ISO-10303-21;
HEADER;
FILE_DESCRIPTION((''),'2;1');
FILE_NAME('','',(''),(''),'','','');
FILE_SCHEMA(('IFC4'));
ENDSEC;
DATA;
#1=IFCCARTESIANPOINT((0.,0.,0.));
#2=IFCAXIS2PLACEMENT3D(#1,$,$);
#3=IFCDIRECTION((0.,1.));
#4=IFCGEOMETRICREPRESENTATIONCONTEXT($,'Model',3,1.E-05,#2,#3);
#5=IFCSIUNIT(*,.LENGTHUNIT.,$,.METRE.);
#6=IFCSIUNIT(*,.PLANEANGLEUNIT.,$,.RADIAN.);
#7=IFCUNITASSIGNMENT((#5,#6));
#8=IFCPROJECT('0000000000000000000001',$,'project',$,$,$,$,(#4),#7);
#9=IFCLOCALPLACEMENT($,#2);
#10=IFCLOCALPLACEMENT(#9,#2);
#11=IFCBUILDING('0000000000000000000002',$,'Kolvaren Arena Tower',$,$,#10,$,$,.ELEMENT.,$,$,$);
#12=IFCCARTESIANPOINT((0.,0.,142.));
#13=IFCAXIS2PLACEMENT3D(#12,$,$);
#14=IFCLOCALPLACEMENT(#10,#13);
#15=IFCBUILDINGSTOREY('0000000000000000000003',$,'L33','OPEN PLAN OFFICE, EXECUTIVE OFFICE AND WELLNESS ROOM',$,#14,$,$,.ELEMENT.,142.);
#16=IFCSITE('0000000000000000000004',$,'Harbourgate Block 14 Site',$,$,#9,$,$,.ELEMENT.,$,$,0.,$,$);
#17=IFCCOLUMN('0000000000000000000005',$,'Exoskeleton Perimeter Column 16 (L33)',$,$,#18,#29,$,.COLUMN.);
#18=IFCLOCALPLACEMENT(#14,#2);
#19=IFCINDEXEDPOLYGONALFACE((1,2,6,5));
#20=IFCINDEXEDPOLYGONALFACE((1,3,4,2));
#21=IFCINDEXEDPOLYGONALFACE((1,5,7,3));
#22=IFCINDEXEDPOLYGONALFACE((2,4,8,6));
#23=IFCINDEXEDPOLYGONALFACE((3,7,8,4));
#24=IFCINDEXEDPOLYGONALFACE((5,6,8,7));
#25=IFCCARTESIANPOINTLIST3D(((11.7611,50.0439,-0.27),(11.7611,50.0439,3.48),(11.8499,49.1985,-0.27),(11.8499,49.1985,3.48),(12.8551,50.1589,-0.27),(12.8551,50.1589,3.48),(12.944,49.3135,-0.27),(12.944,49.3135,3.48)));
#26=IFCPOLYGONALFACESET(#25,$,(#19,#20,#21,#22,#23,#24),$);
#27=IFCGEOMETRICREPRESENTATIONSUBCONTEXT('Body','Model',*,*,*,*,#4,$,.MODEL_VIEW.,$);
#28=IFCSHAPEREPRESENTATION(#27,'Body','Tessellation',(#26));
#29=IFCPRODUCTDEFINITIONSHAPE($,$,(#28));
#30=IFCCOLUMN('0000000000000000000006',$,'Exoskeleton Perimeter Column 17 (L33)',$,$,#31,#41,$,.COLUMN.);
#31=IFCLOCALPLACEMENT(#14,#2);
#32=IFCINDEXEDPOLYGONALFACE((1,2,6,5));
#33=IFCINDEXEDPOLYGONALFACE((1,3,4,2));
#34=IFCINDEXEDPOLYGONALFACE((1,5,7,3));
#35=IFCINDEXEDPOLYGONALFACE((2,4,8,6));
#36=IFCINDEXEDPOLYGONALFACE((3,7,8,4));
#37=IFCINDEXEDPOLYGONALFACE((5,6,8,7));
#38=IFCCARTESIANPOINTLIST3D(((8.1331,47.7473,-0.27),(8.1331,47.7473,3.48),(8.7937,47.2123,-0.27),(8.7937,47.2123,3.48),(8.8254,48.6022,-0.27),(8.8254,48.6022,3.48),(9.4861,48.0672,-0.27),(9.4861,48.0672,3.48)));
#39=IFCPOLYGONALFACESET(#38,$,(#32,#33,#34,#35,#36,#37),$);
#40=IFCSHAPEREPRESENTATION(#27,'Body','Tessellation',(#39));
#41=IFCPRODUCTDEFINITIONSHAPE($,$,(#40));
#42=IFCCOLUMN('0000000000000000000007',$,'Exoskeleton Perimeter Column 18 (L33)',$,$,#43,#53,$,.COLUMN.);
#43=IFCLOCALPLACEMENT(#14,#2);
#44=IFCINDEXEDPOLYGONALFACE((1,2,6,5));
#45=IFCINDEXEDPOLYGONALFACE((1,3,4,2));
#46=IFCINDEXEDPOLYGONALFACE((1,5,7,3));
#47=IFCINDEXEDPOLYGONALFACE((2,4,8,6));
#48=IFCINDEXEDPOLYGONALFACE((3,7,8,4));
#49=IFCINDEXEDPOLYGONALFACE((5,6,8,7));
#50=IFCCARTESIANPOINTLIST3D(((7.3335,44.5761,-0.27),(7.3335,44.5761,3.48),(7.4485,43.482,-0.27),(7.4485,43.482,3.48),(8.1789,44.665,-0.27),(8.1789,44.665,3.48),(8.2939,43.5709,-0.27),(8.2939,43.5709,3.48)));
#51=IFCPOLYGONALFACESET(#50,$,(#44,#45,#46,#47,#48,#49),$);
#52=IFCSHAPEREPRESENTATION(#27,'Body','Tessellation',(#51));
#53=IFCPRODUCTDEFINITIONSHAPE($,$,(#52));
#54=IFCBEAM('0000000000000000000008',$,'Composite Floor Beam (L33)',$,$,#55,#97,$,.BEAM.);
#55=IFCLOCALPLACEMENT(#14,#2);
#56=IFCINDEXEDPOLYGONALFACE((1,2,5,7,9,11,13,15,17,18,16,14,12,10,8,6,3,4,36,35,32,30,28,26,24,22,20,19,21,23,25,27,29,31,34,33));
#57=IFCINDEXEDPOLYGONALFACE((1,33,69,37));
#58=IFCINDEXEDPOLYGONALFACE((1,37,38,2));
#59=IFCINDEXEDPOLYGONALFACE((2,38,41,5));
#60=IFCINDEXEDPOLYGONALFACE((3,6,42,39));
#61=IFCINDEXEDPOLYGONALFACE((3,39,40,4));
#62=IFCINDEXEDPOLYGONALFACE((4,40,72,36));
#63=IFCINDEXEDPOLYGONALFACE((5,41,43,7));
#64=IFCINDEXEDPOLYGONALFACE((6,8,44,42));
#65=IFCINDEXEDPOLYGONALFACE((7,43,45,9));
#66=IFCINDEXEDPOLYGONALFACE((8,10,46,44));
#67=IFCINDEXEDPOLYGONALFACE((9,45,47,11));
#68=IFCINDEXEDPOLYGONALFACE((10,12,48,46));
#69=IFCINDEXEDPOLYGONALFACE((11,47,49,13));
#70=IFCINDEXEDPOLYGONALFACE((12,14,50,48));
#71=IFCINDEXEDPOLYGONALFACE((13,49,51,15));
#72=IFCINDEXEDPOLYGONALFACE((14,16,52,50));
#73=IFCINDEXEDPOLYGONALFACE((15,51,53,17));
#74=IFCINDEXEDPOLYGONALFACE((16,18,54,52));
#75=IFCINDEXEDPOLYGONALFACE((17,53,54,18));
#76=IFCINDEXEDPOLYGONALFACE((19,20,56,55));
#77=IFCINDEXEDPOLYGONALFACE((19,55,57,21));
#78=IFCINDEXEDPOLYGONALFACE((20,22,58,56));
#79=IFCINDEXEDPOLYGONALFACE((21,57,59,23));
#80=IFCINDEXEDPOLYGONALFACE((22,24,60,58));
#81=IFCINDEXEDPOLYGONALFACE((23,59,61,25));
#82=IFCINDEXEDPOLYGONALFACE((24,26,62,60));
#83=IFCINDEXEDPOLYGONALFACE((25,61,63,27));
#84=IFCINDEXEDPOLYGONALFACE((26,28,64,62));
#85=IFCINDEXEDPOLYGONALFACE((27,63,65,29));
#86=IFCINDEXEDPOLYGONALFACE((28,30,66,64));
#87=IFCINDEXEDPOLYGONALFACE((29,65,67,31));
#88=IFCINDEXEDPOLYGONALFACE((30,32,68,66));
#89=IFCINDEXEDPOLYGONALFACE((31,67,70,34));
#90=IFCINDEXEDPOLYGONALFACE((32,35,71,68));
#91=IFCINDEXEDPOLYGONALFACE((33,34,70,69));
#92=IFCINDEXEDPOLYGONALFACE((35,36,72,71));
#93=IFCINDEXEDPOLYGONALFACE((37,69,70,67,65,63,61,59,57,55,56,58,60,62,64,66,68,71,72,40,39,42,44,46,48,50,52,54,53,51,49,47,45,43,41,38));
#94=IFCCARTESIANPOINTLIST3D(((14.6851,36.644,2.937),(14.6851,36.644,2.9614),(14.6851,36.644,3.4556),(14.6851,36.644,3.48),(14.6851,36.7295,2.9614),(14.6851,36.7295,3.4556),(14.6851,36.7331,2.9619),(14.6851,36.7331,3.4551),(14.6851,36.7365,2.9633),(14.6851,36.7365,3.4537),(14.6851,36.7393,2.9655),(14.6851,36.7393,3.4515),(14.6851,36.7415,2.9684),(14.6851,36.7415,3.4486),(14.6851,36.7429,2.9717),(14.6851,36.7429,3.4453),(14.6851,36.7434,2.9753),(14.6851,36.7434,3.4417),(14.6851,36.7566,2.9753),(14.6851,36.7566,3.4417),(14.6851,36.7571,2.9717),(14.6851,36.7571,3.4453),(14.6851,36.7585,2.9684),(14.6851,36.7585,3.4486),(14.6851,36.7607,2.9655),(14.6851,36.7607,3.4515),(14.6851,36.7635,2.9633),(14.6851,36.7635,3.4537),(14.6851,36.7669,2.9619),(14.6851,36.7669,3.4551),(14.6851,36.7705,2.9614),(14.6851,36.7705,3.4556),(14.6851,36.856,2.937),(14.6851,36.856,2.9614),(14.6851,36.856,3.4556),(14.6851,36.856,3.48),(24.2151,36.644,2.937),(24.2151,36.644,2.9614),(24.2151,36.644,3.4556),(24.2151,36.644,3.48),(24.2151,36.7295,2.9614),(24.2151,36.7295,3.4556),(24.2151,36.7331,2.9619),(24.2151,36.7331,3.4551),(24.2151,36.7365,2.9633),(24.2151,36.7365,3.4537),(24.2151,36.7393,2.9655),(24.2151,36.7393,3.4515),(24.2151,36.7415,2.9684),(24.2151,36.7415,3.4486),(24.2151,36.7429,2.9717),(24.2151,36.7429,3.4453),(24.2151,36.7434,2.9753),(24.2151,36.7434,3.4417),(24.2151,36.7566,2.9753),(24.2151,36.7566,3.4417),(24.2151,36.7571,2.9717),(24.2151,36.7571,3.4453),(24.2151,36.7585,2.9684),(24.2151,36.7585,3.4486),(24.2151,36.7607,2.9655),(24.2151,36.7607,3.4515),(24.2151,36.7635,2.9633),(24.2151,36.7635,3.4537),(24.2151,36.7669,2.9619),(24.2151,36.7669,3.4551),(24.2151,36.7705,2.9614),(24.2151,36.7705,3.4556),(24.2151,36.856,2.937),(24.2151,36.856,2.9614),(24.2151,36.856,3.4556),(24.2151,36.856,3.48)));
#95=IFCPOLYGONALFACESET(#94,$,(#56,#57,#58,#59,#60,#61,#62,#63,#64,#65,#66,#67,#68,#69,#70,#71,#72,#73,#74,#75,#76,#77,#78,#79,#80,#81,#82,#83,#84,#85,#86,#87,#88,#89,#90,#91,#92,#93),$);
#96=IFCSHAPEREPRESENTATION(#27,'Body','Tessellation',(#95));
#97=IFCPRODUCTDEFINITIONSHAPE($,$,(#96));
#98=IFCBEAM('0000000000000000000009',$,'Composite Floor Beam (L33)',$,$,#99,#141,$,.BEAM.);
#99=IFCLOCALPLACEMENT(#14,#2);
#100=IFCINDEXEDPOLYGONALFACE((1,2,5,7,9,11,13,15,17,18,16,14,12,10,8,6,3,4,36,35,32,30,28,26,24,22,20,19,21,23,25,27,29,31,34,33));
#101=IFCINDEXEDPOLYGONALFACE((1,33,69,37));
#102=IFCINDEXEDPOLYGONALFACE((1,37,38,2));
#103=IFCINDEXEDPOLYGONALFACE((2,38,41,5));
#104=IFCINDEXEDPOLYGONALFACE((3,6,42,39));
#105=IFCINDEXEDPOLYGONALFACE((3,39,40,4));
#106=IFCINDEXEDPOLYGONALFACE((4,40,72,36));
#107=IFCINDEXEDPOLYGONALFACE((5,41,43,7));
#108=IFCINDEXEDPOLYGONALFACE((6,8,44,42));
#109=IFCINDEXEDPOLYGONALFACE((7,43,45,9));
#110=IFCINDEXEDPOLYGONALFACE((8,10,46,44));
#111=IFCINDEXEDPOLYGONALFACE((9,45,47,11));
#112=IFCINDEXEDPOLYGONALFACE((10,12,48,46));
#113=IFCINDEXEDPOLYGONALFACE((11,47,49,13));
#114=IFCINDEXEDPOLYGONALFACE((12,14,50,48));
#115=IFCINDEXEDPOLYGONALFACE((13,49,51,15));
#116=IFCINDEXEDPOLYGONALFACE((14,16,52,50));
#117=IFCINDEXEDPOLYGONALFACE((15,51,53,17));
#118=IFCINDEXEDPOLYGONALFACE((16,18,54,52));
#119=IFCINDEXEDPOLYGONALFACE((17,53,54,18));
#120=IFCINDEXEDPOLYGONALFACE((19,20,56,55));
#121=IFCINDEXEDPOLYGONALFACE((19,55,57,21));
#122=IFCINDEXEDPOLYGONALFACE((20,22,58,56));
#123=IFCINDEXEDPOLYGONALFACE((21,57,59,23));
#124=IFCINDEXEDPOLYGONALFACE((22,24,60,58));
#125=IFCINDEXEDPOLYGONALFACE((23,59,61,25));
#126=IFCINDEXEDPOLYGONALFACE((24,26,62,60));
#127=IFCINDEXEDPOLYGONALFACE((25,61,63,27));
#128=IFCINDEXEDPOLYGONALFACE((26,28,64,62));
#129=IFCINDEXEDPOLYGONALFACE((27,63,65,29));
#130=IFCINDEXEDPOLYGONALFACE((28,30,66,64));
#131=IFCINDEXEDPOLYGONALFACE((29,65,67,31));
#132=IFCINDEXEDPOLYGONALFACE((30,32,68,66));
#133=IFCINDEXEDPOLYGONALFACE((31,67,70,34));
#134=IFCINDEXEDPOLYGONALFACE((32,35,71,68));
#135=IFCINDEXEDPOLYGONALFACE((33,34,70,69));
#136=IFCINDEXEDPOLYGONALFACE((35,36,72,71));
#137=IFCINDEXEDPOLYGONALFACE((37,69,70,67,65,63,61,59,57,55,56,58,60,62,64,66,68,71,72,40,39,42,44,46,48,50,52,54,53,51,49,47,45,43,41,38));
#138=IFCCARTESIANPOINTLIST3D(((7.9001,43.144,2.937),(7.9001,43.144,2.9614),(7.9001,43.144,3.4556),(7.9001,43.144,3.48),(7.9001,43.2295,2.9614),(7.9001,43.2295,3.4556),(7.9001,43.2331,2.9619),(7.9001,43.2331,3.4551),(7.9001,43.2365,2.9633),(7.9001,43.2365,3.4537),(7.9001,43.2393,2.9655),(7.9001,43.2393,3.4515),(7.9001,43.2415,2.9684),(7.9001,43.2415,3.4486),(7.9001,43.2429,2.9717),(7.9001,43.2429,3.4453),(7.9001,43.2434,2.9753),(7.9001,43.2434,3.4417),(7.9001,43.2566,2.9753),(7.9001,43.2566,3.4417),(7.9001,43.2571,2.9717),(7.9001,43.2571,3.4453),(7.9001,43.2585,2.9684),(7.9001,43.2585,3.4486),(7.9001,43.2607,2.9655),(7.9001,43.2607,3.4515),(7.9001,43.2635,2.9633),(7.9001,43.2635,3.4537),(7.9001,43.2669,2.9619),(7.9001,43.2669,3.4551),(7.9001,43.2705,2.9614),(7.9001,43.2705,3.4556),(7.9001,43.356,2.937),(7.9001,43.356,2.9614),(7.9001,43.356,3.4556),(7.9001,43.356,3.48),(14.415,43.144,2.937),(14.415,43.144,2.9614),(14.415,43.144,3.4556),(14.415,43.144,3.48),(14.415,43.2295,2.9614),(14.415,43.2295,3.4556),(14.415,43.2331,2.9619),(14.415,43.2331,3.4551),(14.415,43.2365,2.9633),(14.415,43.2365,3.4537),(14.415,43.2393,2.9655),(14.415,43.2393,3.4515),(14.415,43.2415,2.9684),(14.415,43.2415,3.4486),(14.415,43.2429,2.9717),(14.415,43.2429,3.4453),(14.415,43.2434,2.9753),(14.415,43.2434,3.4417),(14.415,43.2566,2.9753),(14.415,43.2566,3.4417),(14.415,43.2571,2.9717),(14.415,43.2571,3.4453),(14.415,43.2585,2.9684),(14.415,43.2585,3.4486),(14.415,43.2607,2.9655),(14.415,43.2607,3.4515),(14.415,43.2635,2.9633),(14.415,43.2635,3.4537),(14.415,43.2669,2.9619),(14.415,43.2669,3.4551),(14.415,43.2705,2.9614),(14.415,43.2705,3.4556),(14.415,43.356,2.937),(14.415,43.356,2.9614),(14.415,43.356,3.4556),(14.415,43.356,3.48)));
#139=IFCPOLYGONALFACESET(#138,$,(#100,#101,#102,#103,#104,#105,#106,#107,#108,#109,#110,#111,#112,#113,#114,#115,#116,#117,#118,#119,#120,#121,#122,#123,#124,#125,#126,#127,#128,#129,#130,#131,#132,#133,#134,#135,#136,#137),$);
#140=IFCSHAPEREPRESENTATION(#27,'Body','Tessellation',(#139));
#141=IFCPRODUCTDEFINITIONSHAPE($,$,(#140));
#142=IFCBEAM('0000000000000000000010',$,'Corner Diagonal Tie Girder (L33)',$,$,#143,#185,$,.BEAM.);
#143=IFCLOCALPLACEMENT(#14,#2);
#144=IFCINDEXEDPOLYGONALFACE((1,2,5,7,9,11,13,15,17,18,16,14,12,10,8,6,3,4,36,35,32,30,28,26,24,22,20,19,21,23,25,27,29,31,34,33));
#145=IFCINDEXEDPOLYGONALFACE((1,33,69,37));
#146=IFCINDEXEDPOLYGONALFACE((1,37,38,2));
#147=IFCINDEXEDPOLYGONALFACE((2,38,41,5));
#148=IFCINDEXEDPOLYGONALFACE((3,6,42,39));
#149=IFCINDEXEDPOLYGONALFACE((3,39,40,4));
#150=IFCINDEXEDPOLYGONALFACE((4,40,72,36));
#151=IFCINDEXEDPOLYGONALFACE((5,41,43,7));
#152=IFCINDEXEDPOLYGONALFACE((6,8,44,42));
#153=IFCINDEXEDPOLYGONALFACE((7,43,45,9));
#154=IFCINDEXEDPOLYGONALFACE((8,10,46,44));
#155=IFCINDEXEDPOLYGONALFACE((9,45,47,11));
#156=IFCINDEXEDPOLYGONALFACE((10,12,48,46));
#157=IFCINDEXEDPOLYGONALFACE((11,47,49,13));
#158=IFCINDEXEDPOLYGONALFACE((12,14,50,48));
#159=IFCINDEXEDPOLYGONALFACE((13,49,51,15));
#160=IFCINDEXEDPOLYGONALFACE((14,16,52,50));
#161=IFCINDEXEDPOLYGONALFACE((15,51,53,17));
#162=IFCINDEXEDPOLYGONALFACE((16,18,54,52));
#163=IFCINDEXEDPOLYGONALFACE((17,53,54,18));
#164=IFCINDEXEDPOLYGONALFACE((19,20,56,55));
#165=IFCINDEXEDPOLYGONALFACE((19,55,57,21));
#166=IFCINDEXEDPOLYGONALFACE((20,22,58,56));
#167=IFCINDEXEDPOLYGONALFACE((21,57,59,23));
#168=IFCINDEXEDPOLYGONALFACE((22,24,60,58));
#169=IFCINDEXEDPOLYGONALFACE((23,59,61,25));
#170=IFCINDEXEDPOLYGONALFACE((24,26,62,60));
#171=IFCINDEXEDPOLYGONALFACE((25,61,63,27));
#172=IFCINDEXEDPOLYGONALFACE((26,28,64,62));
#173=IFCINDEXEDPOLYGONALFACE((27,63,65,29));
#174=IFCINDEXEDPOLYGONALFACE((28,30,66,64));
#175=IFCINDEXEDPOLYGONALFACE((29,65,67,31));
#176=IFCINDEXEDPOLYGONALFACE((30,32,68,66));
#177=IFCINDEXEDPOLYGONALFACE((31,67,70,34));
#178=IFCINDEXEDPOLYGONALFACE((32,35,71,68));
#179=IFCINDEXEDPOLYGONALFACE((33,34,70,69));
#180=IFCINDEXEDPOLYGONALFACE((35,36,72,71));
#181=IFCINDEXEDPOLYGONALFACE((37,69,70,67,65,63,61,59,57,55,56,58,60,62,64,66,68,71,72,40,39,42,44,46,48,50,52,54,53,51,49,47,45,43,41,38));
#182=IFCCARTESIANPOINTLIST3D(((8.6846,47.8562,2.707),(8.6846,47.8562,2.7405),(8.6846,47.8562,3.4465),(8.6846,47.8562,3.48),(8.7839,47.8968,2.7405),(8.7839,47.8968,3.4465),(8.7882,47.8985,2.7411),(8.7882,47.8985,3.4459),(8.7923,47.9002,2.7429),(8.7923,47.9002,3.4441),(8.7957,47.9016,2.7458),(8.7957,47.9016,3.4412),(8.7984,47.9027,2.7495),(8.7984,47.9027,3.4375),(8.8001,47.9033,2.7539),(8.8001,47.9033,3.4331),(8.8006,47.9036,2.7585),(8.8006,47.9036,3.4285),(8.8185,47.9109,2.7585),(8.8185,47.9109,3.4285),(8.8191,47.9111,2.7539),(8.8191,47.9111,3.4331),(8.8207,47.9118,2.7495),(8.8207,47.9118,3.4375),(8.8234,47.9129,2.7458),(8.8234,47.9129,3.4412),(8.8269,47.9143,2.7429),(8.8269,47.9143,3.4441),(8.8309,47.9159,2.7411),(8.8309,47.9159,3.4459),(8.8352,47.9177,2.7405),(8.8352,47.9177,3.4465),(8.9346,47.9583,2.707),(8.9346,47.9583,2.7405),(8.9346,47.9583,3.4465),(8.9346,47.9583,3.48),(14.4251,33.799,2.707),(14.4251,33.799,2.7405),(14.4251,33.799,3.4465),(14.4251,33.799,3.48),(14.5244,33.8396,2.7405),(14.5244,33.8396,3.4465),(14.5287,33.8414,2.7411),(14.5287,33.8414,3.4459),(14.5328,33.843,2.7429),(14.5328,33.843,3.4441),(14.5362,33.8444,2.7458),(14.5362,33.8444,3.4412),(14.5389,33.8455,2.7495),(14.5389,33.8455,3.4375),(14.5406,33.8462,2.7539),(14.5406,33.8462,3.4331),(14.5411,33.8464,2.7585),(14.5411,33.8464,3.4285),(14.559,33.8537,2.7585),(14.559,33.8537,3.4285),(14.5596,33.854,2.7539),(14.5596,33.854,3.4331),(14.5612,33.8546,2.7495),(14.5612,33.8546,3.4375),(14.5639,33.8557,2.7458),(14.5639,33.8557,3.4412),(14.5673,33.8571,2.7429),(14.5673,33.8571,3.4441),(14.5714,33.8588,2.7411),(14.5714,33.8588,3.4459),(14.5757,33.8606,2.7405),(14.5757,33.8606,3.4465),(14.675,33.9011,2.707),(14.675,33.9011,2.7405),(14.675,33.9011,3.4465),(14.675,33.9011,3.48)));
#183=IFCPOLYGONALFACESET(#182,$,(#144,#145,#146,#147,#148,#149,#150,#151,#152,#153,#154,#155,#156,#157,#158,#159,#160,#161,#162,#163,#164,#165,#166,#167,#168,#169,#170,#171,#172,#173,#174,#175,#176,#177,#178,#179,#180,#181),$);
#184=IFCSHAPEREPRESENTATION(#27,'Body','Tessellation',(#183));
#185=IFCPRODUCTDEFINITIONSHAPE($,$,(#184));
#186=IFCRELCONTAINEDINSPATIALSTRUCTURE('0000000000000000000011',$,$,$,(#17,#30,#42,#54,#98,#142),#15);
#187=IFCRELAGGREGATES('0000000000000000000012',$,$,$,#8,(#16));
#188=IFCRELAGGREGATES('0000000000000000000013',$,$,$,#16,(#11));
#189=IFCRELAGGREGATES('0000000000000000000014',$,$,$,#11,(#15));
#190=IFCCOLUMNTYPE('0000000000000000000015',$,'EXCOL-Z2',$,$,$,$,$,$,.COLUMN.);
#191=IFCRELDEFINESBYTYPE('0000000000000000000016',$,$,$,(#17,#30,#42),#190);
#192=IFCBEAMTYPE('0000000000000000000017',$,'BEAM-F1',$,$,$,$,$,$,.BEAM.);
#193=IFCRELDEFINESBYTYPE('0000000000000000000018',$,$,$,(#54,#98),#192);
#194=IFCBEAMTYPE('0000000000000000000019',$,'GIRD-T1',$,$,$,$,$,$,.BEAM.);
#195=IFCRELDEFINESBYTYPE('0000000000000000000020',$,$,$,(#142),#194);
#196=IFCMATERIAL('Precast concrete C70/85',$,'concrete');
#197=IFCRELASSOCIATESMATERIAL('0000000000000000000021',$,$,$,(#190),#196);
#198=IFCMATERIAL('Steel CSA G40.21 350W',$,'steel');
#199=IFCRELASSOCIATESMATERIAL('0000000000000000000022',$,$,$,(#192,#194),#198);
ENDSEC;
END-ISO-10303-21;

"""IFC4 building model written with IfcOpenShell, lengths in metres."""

from ifc_helpers import new_model, si_unit, direction, frame, origin, origin_2d, place, context, subcontext, project, spatial, rectangle, i_section, extrude, material, material_profile, profile_set, type_object, element, save


model = new_model("IFC4")

# Units and contexts
model_context = context("Model", 3, precision=1e-05, world=origin(), true_north=direction((0.0, 1.0)))
body_context = subcontext(model_context, "Body", "Model", "MODEL_VIEW")
ifc_project = project(units=[si_unit("LENGTHUNIT", "METRE"), si_unit("PLANEANGLEUNIT", "RADIAN")], contexts=[model_context])

# Site, building, storey
site_placement = place(None, origin())
site = spatial("IfcSite", under=ifc_project, at=site_placement, Name="Harbourgate Block 14 Site", CompositionType="ELEMENT", RefElevation=0.0)
building_placement = place(site_placement, origin())
building = spatial("IfcBuilding", under=site, at=building_placement, Name="Kolvaren Arena Tower", CompositionType="ELEMENT")
storey_placement = place(building_placement, frame((0.0, 0.0, 142.0)))
storey = spatial("IfcBuildingStorey", under=building, at=storey_placement, Name="L33", Description="OPEN PLAN OFFICE, EXECUTIVE OFFICE AND WELLNESS ROOM", CompositionType="ELEMENT", Elevation=142.0)

# Columns
ifc_material_1 = material(Name="Precast concrete C70/85", Category="concrete")
ifc_material_profile_1 = material_profile(ifc_material_1, rectangle(XDim=1.1001, YDim=0.8501, at=origin_2d()), Name="RC-1100x850")
ifc_profile_set_1 = profile_set([ifc_material_profile_1], Name="Precast concrete C70/85")
column_type = type_object("IfcColumnType", Name="EXCOL-Z2", PredefinedType="COLUMN", material=ifc_profile_set_1)
for number, where, z_axis, x_axis, name in (
    (1, (12.3525, 49.6787, -0.27), (0.0, 0.0, 1.0), (0.994522, 0.104528, 0.0), "Exoskeleton Perimeter Column 16 (L33)"),
    (2, (8.8096, 47.9072, -0.27), (0.0, 0.0, 1.0), (0.62932, 0.777146, 0.0), "Exoskeleton Perimeter Column 17 (L33)"),
    (3, (7.8137, 44.0735, -0.27), (0.0, 0.0, 1.0), (-0.104528, 0.994522, 0.0), "Exoskeleton Perimeter Column 18 (L33)"),
):
    element("IfcColumn", number, at=place(storey_placement, frame(where, z_axis=z_axis, x_axis=x_axis)), inside=storey, type_object=column_type, Name=name, PredefinedType="COLUMN", context=body_context, shape_type="SweptSolid", body=[
        extrude(rectangle(XDim=1.1001, YDim=0.8501, at=origin_2d()), origin(), (0.0, 0.0, 1.0), 3.75),
    ])

# Beams
ifc_material_2 = material(Name="Steel CSA G40.21 350W", Category="steel")
ifc_material_profile_2 = material_profile(ifc_material_2, i_section(OverallWidth=0.2119, OverallDepth=0.543, WebThickness=0.0132, FlangeThickness=0.0244, FilletRadius=0.0139, at=origin_2d()), Name="W530x150")
ifc_profile_set_2 = profile_set([ifc_material_profile_2], Name="Steel CSA G40.21 350W")
beam_type_1 = type_object("IfcBeamType", Name="BEAM-F1", PredefinedType="BEAM", material=ifc_profile_set_2)
beam_1_placement = place(storey_placement, frame((14.6851, 36.75, 3.2085), z_axis=(1.0, 0.0, 0.0), x_axis=(0.0, 1.0, 0.0)))
element("IfcBeam", 4, at=beam_1_placement, inside=storey, type_object=beam_type_1, Name="Composite Floor Beam (L33)", PredefinedType="BEAM", context=body_context, shape_type="SweptSolid", body=[
    extrude(i_section(OverallWidth=0.2119, OverallDepth=0.543, WebThickness=0.0132, FlangeThickness=0.0244, FilletRadius=0.0139, at=origin_2d()), origin(), (0.0, 0.0, 1.0), 9.53),
])
beam_2_placement = place(storey_placement, frame((7.9001, 43.25, 3.2085), z_axis=(1.0, 0.0, 0.0), x_axis=(0.0, 1.0, 0.0)))
element("IfcBeam", 5, at=beam_2_placement, inside=storey, type_object=beam_type_1, Name="Composite Floor Beam (L33)", PredefinedType="BEAM", context=body_context, shape_type="SweptSolid", body=[
    extrude(i_section(OverallWidth=0.2119, OverallDepth=0.543, WebThickness=0.0132, FlangeThickness=0.0244, FilletRadius=0.0139, at=origin_2d()), origin(), (0.0, 0.0, 1.0), 6.5149),
])
ifc_material_profile_3 = material_profile(ifc_material_2, i_section(OverallWidth=0.27, OverallDepth=0.7729, WebThickness=0.0193, FlangeThickness=0.0334, FilletRadius=0.0181, at=origin_2d()), Name="W760x257")
ifc_profile_set_3 = profile_set([ifc_material_profile_3], Name="Steel CSA G40.21 350W")
beam_type_2 = type_object("IfcBeamType", Name="GIRD-T1", PredefinedType="BEAM", material=ifc_profile_set_3)
beam_3_placement = place(storey_placement, frame((8.8096, 47.9072, 3.0935), z_axis=(0.378059, -0.925781, 0.0), x_axis=(0.925781, 0.378059, 0.0)))
element("IfcBeam", 6, at=beam_3_placement, inside=storey, type_object=beam_type_2, Name="Corner Diagonal Tie Girder (L33)", PredefinedType="BEAM", context=body_context, shape_type="SweptSolid", body=[
    extrude(i_section(OverallWidth=0.27, OverallDepth=0.7729, WebThickness=0.0193, FlangeThickness=0.0334, FilletRadius=0.0181, at=origin_2d()), origin(), (0.0, 0.0, 1.0), 15.1841),
])

save(model, "model.ifc")
